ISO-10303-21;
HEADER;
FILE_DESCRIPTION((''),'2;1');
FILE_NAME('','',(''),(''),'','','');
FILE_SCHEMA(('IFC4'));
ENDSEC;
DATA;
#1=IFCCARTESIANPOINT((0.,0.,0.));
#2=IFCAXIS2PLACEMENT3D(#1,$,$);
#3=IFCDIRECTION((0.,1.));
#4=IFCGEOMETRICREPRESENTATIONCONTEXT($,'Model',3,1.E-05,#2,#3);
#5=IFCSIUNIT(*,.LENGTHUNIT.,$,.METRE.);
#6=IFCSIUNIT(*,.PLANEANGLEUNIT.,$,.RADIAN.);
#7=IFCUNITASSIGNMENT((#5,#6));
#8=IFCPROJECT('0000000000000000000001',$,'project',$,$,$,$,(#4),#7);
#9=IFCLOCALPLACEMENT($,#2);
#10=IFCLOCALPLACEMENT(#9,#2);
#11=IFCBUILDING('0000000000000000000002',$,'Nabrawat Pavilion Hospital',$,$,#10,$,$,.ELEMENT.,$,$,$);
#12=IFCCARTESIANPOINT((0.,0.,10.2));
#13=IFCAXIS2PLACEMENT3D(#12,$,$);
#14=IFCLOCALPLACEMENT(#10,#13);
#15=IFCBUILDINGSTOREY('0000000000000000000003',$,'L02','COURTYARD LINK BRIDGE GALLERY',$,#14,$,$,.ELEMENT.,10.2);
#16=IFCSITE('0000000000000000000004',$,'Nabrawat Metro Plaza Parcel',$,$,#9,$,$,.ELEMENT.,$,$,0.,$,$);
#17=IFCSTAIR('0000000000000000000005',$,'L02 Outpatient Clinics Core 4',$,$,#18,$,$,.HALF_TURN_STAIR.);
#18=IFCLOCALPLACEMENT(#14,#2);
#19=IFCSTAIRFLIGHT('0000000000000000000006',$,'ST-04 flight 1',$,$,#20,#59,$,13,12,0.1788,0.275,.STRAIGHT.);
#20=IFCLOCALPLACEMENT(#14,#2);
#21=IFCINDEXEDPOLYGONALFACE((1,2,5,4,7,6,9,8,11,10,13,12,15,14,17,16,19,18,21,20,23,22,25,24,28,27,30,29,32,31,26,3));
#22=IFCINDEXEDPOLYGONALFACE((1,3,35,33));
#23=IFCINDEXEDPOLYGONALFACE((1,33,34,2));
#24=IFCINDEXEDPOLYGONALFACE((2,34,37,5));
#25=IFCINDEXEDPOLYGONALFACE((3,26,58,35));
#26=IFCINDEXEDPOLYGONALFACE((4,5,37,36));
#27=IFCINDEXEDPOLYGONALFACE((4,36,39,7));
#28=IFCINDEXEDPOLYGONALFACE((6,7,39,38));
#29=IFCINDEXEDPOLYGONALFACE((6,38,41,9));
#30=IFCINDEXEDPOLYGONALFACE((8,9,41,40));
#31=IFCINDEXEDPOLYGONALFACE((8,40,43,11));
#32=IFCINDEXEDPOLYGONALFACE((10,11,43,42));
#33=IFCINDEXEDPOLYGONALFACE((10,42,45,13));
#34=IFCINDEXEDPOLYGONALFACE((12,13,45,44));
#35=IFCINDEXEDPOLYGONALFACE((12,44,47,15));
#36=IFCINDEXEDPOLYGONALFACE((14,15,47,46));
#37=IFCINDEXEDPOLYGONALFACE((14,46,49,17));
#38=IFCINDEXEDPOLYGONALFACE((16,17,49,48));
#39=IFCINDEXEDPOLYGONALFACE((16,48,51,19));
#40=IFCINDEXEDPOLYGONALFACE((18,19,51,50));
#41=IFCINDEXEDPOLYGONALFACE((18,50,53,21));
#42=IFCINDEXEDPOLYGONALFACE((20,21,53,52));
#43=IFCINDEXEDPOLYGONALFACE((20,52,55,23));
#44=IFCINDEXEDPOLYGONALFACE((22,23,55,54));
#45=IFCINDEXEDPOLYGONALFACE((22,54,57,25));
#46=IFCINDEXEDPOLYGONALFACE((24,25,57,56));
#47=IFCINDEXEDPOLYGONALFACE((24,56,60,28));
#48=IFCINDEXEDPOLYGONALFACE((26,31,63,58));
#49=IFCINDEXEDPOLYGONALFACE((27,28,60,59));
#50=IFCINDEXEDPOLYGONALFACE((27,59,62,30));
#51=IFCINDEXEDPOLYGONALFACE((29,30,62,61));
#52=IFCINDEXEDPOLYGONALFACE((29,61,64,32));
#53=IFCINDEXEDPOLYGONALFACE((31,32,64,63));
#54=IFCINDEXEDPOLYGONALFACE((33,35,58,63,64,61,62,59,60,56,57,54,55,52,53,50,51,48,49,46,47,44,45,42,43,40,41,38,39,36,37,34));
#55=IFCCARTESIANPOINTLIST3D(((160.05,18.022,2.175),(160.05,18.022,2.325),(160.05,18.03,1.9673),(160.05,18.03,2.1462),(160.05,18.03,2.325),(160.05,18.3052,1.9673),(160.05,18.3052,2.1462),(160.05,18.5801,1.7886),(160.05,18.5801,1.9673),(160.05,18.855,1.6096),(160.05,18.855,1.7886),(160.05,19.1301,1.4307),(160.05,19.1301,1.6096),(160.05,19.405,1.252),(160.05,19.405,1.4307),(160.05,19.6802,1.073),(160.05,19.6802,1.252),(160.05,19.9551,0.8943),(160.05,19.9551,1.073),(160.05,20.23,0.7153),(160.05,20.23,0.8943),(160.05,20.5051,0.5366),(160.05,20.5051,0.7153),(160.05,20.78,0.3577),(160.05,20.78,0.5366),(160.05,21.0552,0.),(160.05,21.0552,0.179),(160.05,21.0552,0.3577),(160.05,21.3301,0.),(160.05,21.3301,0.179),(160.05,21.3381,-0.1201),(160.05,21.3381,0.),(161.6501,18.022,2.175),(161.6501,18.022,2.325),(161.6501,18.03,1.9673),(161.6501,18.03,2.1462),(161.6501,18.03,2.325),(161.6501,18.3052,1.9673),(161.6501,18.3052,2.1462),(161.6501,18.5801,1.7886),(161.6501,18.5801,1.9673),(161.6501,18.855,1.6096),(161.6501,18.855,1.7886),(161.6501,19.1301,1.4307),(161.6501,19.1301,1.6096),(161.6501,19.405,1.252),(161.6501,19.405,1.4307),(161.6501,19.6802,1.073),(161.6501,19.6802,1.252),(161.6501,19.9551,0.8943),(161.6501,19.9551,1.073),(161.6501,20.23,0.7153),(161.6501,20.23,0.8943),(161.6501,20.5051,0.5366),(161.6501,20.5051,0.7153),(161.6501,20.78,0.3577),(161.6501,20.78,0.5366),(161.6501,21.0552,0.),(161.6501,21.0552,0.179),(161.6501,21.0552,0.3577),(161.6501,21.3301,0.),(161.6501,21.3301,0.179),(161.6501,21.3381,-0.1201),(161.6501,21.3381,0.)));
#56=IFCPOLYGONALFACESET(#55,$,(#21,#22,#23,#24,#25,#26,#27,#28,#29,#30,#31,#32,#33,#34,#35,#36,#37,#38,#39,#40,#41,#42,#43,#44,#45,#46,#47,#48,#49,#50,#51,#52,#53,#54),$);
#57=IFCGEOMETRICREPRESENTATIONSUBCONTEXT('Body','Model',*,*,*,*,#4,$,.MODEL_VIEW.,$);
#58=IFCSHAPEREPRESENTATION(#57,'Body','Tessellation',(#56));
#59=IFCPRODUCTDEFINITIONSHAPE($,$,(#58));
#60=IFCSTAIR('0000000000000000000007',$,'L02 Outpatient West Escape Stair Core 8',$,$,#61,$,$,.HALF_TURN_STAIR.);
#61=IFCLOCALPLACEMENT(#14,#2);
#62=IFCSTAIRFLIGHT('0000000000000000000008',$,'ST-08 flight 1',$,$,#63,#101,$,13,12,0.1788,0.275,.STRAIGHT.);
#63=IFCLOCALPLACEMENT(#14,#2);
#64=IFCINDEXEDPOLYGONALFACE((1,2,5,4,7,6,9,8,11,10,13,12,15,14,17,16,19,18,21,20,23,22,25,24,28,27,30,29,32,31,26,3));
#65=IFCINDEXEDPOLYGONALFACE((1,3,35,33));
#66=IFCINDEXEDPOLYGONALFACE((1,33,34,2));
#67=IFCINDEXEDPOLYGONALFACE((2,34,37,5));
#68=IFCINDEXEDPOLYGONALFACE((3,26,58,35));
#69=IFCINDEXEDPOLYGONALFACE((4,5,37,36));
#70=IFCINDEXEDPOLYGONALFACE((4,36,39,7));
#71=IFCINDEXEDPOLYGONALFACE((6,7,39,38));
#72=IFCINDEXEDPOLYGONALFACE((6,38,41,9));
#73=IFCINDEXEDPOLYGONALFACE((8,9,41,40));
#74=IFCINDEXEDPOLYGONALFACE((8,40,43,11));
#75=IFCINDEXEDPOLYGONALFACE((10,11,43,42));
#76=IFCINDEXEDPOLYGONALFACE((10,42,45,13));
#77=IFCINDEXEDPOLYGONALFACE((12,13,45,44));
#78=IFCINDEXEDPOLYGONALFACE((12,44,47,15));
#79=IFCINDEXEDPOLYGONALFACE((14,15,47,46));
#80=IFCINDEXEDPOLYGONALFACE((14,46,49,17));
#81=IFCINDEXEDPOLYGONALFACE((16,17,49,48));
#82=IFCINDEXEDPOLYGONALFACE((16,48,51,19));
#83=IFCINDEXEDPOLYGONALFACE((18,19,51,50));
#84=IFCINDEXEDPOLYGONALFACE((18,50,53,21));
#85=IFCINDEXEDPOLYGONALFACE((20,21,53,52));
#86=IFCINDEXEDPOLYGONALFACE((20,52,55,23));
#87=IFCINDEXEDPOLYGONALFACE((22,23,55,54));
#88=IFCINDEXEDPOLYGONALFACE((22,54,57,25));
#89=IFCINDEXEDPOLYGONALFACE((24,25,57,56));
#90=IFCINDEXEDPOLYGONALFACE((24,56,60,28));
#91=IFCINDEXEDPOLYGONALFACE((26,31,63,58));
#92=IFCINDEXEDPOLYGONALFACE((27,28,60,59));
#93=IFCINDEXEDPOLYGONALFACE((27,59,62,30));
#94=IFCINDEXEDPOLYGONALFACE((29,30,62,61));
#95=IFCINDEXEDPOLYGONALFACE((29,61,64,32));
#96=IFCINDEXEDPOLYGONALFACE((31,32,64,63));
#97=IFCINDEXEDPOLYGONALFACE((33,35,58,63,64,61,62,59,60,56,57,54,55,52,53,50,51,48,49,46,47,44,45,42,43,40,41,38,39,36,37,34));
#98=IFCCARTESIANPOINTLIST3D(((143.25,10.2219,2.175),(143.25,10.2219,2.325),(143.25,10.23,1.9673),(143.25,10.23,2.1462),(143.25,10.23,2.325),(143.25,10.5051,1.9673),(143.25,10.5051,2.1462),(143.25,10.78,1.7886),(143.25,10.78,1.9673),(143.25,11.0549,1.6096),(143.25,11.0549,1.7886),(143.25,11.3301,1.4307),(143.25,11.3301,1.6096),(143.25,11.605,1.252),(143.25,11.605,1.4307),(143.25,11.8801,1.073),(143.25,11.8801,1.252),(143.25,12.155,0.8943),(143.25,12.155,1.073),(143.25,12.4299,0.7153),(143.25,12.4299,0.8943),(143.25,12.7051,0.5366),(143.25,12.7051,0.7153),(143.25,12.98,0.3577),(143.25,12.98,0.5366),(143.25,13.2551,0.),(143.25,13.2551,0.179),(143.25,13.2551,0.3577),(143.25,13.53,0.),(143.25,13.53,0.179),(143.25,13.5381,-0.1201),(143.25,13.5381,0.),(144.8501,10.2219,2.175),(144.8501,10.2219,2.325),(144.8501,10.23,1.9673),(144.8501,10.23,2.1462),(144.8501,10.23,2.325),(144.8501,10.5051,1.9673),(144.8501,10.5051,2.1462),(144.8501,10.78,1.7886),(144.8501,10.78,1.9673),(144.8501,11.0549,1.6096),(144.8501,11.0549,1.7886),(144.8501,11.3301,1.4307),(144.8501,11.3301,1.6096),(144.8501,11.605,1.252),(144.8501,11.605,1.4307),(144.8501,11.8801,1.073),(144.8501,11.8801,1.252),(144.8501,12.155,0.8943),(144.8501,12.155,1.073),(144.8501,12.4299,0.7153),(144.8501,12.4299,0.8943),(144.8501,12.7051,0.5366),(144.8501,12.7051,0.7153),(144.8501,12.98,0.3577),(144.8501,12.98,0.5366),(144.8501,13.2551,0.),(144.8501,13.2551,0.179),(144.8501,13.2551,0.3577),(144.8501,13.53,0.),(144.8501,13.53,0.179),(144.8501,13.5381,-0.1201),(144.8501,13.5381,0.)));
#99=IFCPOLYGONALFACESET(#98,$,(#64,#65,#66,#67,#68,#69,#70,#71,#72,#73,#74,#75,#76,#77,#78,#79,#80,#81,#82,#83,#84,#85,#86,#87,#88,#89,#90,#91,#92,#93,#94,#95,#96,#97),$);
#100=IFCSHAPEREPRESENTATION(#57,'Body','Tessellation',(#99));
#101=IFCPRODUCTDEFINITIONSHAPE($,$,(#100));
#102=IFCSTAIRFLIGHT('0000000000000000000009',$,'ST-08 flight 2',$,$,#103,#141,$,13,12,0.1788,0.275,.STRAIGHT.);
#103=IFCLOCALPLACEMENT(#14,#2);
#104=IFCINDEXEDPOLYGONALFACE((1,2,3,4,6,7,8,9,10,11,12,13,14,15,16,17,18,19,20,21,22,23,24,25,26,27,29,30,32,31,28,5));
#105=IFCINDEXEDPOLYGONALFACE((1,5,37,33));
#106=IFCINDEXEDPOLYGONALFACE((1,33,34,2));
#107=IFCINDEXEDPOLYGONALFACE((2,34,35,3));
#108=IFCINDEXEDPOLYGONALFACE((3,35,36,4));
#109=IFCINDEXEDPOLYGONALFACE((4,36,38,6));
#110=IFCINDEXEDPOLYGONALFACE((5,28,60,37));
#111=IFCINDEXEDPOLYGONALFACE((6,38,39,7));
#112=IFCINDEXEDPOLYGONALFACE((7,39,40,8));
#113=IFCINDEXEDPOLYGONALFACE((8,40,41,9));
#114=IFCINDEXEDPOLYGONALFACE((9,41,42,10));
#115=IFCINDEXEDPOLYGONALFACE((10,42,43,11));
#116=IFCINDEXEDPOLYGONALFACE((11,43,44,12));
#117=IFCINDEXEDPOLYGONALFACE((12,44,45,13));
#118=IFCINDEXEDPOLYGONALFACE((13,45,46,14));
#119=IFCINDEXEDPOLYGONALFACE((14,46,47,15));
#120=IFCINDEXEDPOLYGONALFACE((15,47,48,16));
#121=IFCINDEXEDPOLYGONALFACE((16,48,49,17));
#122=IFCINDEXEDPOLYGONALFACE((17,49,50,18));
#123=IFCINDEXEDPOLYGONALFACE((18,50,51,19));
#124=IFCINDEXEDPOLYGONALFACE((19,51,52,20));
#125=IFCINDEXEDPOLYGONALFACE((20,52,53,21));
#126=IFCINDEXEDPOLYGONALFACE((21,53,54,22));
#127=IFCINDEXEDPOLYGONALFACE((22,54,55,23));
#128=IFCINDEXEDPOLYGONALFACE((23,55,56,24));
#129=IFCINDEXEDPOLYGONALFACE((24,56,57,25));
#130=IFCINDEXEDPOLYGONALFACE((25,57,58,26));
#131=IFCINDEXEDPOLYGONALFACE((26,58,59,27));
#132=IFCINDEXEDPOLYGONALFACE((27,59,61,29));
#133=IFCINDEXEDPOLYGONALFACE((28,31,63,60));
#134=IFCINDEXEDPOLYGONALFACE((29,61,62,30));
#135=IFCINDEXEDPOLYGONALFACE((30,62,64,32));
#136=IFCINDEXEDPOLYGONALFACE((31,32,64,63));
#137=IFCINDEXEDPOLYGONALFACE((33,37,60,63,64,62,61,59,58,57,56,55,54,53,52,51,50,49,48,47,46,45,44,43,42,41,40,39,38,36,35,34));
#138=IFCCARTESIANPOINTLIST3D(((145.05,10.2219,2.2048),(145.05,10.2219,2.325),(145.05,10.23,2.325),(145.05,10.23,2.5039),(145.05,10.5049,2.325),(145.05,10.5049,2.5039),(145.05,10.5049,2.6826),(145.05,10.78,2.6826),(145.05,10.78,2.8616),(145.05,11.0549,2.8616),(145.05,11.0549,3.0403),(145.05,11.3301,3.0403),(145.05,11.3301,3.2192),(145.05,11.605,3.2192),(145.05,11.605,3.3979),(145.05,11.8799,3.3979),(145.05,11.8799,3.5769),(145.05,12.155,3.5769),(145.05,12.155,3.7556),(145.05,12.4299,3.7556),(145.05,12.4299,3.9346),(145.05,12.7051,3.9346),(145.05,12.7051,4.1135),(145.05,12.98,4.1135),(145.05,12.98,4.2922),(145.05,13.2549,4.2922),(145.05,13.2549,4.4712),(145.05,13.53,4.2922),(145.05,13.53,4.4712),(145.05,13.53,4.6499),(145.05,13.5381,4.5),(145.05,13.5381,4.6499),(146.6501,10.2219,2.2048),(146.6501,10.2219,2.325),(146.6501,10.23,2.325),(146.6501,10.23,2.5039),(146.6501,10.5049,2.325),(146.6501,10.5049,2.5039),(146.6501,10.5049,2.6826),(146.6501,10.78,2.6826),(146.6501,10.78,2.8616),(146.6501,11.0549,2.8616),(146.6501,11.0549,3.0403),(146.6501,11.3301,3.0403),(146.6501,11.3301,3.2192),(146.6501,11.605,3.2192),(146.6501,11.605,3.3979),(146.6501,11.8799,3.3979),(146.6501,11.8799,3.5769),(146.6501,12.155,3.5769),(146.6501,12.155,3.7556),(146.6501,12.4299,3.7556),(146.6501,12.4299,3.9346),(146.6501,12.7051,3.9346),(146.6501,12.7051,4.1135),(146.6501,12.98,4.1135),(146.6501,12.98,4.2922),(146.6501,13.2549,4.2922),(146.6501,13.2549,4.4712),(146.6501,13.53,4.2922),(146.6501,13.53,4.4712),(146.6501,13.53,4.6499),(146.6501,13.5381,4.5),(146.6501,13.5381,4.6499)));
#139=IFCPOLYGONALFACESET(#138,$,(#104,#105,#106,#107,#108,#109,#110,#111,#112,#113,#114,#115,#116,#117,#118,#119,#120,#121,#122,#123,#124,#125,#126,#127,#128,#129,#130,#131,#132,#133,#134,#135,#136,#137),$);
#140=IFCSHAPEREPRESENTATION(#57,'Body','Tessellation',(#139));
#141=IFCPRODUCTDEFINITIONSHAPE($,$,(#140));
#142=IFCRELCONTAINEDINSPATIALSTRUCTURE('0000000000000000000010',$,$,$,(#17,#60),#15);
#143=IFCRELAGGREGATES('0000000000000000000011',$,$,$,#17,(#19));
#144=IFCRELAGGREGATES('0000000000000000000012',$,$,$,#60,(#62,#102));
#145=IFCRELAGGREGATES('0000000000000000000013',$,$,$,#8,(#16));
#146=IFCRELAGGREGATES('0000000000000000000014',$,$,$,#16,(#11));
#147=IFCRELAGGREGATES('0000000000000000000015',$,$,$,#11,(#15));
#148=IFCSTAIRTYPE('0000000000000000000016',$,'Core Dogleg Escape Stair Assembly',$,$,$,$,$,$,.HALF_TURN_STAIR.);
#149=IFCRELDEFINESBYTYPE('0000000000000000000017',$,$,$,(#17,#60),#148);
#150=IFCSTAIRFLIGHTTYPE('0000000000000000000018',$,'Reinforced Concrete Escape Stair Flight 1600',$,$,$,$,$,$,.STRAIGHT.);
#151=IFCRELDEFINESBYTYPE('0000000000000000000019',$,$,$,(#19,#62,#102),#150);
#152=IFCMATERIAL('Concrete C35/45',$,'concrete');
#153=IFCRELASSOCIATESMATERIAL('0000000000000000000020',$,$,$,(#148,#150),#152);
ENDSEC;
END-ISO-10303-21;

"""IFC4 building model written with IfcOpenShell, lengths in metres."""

from ifc_helpers import new_model, si_unit, direction, frame, origin, place, context, subcontext, project, spatial, polyline, outline, extrude, material, type_object, element, aggregate, save


model = new_model("IFC4")

# Units and contexts
model_context = context("Model", 3, precision=1e-05, world=origin(), true_north=direction((0.0, 1.0)))
body_context = subcontext(model_context, "Body", "Model", "MODEL_VIEW")
ifc_project = project(units=[si_unit("LENGTHUNIT", "METRE"), si_unit("PLANEANGLEUNIT", "RADIAN")], contexts=[model_context])

# Site, building, storey
site_placement = place(None, origin())
site = spatial("IfcSite", under=ifc_project, at=site_placement, Name="Nabrawat Metro Plaza Parcel", CompositionType="ELEMENT", RefElevation=0.0)
building_placement = place(site_placement, origin())
building = spatial("IfcBuilding", under=site, at=building_placement, Name="Nabrawat Pavilion Hospital", CompositionType="ELEMENT")
storey_placement = place(building_placement, frame((0.0, 0.0, 10.2)))
storey = spatial("IfcBuildingStorey", under=building, at=storey_placement, Name="L02", Description="COURTYARD LINK BRIDGE GALLERY", CompositionType="ELEMENT", Elevation=10.2)

# Shared definitions
ifc_material_1 = material(Name="Concrete C35/45", Category="concrete")

# Stair, stair flight
stair_type = type_object("IfcStairType", Name="Core Dogleg Escape Stair Assembly", PredefinedType="HALF_TURN_STAIR", material=ifc_material_1)
stair_1_placement = place(storey_placement, origin())
stair_1 = element("IfcStair", 1, at=stair_1_placement, inside=storey, type_object=stair_type, Name="L02 Outpatient Clinics Core 4", PredefinedType="HALF_TURN_STAIR")
stair_flight_type = type_object("IfcStairFlightType", Name="Reinforced Concrete Escape Stair Flight 1600", PredefinedType="STRAIGHT", material=ifc_material_1)
stair_flight_1_placement = place(storey_placement, frame((160.8501, 21.3301, 0.0), z_axis=(0.0, 0.0, 1.0), x_axis=(0.0, -1.0, 0.0)))
stair_flight_1 = element("IfcStairFlight", 2, at=stair_flight_1_placement, type_object=stair_flight_type, Name="ST-04 flight 1", NumberOfRisers=13, NumberOfTreads=12, PredefinedType="STRAIGHT", RiserHeight=0.1788, TreadLength=0.275, context=body_context, shape_type="SweptSolid", body=[
    extrude(outline(polyline([(-0.0081, 0.0), (0.0, 0.0), (0.0, 0.179), (0.2749, 0.179), (0.2749, 0.3577), (0.55, 0.3577), (0.55, 0.5366), (0.825, 0.5366), (0.825, 0.7153), (1.1001, 0.7153), (1.1001, 0.8943), (1.375, 0.8943), (1.375, 1.073), (1.6499, 1.073), (1.6499, 1.252), (1.925, 1.252), (1.925, 1.4307), (2.2, 1.4307), (2.2, 1.6096), (2.4751, 1.6096), (2.4751, 1.7886), (2.75, 1.7886), (2.75, 1.9673), (3.0249, 1.9673), (3.0249, 2.1462), (3.3, 2.1462), (3.3, 2.325), (3.3081, 2.325), (3.3081, 2.175), (3.3, 1.9673), (0.2749, 0.0), (-0.0081, -0.1201), (-0.0081, 0.0)])), frame((0.0, 0.8, 0.0), z_axis=(0.0, -1.0, 0.0), x_axis=(1.0, 0.0, 0.0)), (0.0, 0.0, 1.0), 1.6001),
])
aggregate(stair_1, [stair_flight_1])

# Stair, stair flights
stair_2_placement = place(storey_placement, origin())
stair_2 = element("IfcStair", 3, at=stair_2_placement, inside=storey, type_object=stair_type, Name="L02 Outpatient West Escape Stair Core 8", PredefinedType="HALF_TURN_STAIR")
stair_flight_2_placement = place(storey_placement, frame((144.05, 13.53, 0.0), z_axis=(0.0, 0.0, 1.0), x_axis=(0.0, -1.0, 0.0)))
stair_flight_2 = element("IfcStairFlight", 4, at=stair_flight_2_placement, type_object=stair_flight_type, Name="ST-08 flight 1", NumberOfRisers=13, NumberOfTreads=12, PredefinedType="STRAIGHT", RiserHeight=0.1788, TreadLength=0.275, context=body_context, shape_type="SweptSolid", body=[
    extrude(outline(polyline([(-0.0081, 0.0), (0.0, 0.0), (0.0, 0.179), (0.2749, 0.179), (0.2749, 0.3577), (0.55, 0.3577), (0.55, 0.5366), (0.825, 0.5366), (0.825, 0.7153), (1.1001, 0.7153), (1.1001, 0.8943), (1.375, 0.8943), (1.375, 1.073), (1.6499, 1.073), (1.6499, 1.252), (1.925, 1.252), (1.925, 1.4307), (2.2, 1.4307), (2.2, 1.6096), (2.4751, 1.6096), (2.4751, 1.7886), (2.75, 1.7886), (2.75, 1.9673), (3.0249, 1.9673), (3.0249, 2.1462), (3.3, 2.1462), (3.3, 2.325), (3.3081, 2.325), (3.3081, 2.175), (3.3, 1.9673), (0.2749, 0.0), (-0.0081, -0.1201), (-0.0081, 0.0)])), frame((0.0, 0.8, 0.0), z_axis=(0.0, -1.0, 0.0), x_axis=(1.0, 0.0, 0.0)), (0.0, 0.0, 1.0), 1.6001),
])
stair_flight_3_placement = place(storey_placement, frame((145.8501, 10.23, 2.325), z_axis=(0.0, 0.0, 1.0), x_axis=(0.0, 1.0, 0.0)))
stair_flight_3 = element("IfcStairFlight", 5, at=stair_flight_3_placement, type_object=stair_flight_type, Name="ST-08 flight 2", NumberOfRisers=13, NumberOfTreads=12, PredefinedType="STRAIGHT", RiserHeight=0.1788, TreadLength=0.275, context=body_context, shape_type="SweptSolid", body=[
    extrude(outline(polyline([(-0.0081, 0.0), (0.0, 0.0), (0.0, 0.179), (0.2749, 0.179), (0.2749, 0.3577), (0.55, 0.3577), (0.55, 0.5366), (0.825, 0.5366), (0.825, 0.7153), (1.1001, 0.7153), (1.1001, 0.8943), (1.375, 0.8943), (1.375, 1.073), (1.6499, 1.073), (1.6499, 1.252), (1.925, 1.252), (1.925, 1.4307), (2.2, 1.4307), (2.2, 1.6096), (2.4751, 1.6096), (2.4751, 1.7886), (2.75, 1.7886), (2.75, 1.9673), (3.0249, 1.9673), (3.0249, 2.1462), (3.3, 2.1462), (3.3, 2.325), (3.3081, 2.325), (3.3081, 2.175), (3.3, 1.9673), (0.2749, 0.0), (-0.0081, -0.1201), (-0.0081, 0.0)])), frame((0.0, 0.8, 0.0), z_axis=(0.0, -1.0, 0.0), x_axis=(1.0, 0.0, 0.0)), (0.0, 0.0, 1.0), 1.6001),
])
aggregate(stair_2, [stair_flight_2, stair_flight_3])

save(model, "model.ifc")
